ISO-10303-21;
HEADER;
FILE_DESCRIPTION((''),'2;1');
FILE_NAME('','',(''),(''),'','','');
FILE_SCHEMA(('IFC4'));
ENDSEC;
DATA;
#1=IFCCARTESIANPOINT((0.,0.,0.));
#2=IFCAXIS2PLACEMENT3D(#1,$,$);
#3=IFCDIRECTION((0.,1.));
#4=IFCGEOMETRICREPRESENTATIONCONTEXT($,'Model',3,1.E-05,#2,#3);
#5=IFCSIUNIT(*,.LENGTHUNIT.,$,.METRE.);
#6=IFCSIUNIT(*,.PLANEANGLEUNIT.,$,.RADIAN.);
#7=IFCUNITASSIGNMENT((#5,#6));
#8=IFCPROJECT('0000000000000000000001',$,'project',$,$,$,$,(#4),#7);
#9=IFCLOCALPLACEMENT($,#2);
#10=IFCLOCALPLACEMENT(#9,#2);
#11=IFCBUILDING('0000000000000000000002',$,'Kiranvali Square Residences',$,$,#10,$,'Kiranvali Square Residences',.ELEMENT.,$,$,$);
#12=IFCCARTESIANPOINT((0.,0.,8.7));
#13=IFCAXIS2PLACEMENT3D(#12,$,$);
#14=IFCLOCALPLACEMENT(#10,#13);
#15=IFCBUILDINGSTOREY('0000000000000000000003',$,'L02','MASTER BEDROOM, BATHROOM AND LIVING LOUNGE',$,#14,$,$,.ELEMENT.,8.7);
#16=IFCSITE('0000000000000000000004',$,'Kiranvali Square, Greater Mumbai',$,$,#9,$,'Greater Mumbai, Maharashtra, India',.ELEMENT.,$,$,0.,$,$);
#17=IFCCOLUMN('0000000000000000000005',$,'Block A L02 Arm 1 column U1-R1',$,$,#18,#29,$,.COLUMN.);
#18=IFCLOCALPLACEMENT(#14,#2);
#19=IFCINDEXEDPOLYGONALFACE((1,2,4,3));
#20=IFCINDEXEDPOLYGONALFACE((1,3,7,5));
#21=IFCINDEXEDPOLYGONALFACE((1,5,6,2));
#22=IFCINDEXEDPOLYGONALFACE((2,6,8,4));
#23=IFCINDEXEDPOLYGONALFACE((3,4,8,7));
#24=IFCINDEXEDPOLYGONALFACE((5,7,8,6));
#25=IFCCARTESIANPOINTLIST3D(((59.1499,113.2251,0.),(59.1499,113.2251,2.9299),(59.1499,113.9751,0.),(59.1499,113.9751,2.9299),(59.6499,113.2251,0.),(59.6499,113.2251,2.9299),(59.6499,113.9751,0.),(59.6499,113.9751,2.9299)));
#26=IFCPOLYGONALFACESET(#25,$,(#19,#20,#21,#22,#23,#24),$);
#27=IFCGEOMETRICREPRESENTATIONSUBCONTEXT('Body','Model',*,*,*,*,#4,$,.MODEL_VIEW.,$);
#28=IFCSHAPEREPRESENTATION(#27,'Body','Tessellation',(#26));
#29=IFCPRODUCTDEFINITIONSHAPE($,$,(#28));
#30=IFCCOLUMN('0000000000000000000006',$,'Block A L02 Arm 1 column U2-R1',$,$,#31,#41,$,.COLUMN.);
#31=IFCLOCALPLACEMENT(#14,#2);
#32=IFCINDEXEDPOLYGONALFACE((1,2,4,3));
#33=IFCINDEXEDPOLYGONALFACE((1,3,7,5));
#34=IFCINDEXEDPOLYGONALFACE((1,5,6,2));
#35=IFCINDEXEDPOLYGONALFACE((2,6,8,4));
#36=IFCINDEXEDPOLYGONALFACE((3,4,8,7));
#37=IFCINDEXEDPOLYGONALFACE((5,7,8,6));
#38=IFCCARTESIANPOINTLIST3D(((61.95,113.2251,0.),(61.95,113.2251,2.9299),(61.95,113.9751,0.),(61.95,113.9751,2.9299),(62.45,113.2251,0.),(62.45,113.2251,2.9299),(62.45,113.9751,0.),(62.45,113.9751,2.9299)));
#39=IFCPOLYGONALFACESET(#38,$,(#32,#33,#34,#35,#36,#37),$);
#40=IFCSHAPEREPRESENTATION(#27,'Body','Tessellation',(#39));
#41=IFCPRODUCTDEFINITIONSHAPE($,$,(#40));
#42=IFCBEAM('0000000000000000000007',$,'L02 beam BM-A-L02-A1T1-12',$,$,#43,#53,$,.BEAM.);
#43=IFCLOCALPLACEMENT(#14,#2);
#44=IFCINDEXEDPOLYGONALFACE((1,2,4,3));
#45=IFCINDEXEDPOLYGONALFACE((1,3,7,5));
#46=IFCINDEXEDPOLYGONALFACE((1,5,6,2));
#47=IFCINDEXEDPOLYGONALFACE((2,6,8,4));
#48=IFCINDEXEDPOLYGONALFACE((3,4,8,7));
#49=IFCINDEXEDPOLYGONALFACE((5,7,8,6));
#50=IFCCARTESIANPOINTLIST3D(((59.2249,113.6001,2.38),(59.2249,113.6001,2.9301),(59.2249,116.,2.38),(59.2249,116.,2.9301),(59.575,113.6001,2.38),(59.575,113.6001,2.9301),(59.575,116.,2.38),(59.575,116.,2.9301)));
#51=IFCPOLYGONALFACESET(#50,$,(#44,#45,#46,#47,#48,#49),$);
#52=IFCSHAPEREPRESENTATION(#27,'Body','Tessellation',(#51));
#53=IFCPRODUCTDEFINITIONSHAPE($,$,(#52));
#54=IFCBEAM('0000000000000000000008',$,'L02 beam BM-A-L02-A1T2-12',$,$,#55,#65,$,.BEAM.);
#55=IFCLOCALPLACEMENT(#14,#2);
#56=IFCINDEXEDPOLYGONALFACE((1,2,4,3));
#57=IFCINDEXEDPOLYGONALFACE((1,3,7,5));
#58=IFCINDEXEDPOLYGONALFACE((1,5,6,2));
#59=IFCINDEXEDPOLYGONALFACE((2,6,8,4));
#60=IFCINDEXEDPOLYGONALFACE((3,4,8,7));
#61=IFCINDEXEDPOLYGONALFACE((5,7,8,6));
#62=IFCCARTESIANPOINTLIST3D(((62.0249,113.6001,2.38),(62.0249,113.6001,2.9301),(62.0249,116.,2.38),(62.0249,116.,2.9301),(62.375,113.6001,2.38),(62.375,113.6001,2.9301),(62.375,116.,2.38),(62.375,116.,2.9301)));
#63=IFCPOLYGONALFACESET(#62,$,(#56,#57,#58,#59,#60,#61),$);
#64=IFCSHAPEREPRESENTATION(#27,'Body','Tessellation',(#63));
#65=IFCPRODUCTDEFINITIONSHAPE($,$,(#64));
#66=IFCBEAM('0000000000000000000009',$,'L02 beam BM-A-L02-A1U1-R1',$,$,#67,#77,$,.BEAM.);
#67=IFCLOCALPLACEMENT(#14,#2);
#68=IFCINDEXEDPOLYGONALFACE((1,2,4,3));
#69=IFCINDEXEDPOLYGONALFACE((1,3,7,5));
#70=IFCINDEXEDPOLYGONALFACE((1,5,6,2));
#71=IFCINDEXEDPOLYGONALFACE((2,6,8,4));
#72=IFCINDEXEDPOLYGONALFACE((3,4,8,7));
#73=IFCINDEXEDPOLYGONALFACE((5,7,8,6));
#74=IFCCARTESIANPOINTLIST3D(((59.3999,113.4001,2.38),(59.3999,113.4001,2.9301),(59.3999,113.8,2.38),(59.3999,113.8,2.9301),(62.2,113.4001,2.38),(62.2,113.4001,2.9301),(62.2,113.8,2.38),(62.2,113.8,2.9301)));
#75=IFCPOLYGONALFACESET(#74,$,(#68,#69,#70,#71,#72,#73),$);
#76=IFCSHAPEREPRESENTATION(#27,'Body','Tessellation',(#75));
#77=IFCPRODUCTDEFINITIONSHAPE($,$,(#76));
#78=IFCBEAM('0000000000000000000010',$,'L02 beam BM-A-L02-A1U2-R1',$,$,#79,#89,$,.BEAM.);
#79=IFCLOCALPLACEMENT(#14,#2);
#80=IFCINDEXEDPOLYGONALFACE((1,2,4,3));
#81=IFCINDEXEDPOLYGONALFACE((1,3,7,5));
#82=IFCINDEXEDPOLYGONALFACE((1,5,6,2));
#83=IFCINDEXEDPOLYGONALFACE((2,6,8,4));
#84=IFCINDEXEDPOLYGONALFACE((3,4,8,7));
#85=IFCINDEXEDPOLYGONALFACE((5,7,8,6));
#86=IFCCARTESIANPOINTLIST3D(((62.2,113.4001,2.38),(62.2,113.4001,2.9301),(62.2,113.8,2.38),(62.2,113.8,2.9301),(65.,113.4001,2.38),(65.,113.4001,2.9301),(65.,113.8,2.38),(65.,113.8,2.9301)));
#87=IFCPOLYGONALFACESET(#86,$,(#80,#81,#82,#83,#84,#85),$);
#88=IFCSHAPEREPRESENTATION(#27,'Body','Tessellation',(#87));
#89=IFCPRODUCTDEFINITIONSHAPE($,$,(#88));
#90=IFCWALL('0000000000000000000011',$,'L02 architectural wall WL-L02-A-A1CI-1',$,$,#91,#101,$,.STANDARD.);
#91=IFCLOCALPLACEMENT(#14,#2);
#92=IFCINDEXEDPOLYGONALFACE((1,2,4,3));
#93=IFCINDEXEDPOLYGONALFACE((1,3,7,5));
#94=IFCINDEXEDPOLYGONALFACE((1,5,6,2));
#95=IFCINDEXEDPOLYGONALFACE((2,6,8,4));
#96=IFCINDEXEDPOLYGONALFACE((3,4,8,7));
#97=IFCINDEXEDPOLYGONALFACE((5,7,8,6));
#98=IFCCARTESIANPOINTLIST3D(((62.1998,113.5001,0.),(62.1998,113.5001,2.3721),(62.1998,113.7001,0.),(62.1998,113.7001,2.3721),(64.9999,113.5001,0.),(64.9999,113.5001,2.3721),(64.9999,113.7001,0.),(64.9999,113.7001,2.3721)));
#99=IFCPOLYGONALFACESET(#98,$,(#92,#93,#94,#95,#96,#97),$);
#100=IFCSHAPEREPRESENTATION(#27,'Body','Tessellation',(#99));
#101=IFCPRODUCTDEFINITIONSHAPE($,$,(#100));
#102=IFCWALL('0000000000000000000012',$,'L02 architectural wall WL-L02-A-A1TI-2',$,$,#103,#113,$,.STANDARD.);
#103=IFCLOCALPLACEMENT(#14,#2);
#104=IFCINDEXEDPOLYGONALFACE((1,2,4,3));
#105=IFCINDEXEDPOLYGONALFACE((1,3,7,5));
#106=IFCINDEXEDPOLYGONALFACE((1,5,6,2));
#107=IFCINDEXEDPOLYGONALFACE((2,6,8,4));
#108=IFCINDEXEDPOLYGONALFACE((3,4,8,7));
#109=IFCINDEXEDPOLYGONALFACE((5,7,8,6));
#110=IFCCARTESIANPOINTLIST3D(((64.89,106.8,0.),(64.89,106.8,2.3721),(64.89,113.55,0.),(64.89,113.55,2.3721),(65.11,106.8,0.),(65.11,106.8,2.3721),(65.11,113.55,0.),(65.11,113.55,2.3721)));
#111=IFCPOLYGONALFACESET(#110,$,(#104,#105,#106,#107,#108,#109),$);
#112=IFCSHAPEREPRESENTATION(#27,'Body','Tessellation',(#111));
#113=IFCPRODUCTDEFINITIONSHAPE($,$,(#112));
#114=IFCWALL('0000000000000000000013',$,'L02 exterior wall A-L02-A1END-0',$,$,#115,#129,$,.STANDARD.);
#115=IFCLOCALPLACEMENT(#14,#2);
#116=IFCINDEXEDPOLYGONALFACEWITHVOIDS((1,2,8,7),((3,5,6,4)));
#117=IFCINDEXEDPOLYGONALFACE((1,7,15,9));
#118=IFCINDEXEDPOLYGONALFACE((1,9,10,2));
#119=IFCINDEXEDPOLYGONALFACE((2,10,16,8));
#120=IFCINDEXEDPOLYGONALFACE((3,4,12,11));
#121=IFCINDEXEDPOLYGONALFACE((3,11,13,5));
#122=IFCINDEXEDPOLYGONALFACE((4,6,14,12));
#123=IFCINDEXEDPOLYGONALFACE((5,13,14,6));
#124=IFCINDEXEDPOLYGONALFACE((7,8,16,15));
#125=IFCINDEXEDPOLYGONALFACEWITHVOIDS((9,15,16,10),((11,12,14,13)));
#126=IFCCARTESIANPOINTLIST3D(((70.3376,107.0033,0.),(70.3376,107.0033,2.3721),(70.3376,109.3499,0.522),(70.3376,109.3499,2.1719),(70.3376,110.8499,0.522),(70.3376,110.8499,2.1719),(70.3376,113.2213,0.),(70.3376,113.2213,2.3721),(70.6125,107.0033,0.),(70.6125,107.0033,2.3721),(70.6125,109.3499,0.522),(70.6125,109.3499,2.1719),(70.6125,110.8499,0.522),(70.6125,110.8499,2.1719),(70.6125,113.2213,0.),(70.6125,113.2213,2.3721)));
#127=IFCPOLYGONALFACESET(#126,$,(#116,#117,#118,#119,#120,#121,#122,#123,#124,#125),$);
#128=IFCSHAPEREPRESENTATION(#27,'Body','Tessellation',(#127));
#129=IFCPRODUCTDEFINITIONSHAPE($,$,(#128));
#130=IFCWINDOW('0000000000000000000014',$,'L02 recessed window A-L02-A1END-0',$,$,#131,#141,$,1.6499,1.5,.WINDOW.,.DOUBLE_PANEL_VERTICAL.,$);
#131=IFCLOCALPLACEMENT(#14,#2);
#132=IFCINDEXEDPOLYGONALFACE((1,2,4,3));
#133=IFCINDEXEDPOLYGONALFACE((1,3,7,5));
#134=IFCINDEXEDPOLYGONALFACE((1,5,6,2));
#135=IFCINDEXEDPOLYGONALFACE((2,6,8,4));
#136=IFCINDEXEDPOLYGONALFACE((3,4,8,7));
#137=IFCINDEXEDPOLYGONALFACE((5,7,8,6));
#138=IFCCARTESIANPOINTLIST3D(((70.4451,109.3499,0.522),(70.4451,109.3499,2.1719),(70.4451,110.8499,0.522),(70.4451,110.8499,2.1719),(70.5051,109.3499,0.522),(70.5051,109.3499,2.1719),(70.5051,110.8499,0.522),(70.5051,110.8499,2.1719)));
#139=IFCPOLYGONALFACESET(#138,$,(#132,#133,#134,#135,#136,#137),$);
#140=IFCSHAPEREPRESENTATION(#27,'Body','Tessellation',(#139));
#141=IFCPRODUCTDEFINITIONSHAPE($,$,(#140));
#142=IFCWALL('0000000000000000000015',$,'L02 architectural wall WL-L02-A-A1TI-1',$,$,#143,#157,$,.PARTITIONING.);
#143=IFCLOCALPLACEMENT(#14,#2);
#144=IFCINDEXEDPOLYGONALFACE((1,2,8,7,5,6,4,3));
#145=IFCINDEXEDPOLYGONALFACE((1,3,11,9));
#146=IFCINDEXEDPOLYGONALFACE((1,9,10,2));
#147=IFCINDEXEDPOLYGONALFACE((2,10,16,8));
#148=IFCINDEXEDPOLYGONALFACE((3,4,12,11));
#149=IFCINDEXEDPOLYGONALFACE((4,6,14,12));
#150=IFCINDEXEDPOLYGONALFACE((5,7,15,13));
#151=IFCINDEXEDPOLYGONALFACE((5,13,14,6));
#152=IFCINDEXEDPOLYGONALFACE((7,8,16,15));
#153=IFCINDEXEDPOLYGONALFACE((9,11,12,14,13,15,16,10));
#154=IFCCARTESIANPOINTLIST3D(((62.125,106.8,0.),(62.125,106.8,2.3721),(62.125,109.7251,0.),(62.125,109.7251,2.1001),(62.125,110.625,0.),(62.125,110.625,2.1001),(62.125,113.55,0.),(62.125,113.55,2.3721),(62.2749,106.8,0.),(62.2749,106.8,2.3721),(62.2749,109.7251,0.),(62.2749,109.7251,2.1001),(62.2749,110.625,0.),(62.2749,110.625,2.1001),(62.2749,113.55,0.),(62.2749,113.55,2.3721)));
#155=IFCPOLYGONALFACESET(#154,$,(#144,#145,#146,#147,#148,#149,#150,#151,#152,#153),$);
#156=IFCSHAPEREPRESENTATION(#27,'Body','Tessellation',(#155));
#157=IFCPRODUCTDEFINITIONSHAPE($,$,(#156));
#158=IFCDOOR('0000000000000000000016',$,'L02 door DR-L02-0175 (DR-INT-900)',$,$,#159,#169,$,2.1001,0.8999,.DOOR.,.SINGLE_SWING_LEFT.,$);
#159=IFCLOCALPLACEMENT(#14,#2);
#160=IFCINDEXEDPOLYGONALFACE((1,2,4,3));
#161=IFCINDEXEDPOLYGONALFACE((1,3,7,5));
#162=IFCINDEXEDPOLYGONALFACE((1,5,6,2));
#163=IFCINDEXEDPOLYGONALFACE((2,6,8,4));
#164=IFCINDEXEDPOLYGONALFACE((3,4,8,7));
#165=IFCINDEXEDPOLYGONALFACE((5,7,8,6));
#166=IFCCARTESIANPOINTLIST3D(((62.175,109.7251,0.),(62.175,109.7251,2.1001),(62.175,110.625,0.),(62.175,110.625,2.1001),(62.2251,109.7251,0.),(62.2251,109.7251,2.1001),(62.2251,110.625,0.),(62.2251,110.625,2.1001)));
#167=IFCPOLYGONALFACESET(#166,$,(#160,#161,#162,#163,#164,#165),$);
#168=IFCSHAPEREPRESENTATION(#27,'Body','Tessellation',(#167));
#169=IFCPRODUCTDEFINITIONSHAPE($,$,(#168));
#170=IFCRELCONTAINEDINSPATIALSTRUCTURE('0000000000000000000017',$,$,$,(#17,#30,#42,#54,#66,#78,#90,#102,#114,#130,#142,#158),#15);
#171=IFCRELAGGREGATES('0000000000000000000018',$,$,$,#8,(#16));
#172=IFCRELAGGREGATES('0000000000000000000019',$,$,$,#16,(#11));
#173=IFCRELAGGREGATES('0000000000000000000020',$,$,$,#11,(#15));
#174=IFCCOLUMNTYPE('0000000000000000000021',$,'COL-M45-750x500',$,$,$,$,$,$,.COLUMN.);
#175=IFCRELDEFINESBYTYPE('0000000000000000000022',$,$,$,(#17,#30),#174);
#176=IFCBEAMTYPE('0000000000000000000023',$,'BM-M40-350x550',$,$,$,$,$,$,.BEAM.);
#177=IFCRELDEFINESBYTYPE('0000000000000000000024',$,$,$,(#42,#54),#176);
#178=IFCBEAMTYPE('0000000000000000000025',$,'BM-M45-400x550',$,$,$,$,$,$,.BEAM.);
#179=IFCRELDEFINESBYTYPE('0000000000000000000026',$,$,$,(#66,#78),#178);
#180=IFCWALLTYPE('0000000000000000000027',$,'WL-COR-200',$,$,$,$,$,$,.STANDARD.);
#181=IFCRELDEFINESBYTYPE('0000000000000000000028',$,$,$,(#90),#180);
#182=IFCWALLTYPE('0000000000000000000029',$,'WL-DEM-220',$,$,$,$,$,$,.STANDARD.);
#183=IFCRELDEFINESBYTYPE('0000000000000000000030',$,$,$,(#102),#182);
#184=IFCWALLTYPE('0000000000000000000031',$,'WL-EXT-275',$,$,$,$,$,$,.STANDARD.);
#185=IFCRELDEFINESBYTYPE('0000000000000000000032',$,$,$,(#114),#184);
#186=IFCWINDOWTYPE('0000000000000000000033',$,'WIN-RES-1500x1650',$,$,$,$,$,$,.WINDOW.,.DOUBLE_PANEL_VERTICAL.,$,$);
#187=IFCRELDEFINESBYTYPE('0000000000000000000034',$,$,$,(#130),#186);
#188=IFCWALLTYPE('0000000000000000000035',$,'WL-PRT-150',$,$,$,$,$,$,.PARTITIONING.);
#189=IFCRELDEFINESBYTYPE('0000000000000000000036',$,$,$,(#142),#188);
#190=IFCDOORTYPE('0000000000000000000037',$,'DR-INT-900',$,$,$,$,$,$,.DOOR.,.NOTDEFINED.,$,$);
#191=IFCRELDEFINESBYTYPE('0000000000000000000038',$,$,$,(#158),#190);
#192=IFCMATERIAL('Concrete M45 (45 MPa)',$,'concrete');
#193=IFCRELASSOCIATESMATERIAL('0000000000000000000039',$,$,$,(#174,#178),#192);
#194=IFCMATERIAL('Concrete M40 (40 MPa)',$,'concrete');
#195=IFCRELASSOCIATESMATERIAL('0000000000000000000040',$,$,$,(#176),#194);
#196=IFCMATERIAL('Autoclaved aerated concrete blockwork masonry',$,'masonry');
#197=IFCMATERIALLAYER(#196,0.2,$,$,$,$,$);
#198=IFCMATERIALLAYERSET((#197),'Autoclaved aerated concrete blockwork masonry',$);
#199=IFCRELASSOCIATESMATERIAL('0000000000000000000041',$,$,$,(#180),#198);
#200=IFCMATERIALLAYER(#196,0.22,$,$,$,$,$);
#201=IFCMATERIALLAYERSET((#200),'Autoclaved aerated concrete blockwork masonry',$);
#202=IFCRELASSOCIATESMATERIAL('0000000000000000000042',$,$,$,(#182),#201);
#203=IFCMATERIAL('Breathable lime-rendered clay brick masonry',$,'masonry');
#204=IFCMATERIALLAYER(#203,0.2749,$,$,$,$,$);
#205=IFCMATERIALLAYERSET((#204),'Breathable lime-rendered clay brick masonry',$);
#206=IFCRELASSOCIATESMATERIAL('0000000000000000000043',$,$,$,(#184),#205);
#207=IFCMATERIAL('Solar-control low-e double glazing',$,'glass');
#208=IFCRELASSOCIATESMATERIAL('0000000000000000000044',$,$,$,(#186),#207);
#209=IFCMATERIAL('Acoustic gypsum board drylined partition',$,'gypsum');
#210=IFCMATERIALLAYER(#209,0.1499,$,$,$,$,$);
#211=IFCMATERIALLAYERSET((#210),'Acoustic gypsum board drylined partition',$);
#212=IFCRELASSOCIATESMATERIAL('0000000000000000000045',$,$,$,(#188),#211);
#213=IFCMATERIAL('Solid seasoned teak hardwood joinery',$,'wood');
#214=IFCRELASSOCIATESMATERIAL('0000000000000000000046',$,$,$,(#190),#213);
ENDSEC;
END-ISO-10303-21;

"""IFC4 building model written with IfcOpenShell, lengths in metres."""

from ifc_helpers import new_model, si_unit, direction, frame, frame_2d, origin, origin_2d, place, context, subcontext, project, spatial, rectangle, extrude, material, layer, layer_set, material_profile, profile_set, type_object, element, fill, save


model = new_model("IFC4")

# Units and contexts
model_context = context("Model", 3, precision=1e-05, world=origin(), true_north=direction((0.0, 1.0)))
body_context = subcontext(model_context, "Body", "Model", "MODEL_VIEW")
ifc_project = project(units=[si_unit("LENGTHUNIT", "METRE"), si_unit("PLANEANGLEUNIT", "RADIAN")], contexts=[model_context])

# Site, building, storey
site_placement = place(None, origin())
site = spatial("IfcSite", under=ifc_project, at=site_placement, Name="Kiranvali Square, Greater Mumbai", LongName="Greater Mumbai, Maharashtra, India", CompositionType="ELEMENT", RefElevation=0.0)
building_placement = place(site_placement, origin())
building = spatial("IfcBuilding", under=site, at=building_placement, Name="Kiranvali Square Residences", LongName="Kiranvali Square Residences", CompositionType="ELEMENT")
storey_placement = place(building_placement, frame((0.0, 0.0, 8.7)))
storey = spatial("IfcBuildingStorey", under=building, at=storey_placement, Name="L02", Description="MASTER BEDROOM, BATHROOM AND LIVING LOUNGE", CompositionType="ELEMENT", Elevation=8.7)

# Columns
ifc_material_1 = material(Name="Concrete M45 (45 MPa)", Category="concrete")
ifc_material_profile_1 = material_profile(ifc_material_1, rectangle(XDim=0.5, YDim=0.75, at=origin_2d()), Name="RC 750x500")
ifc_profile_set_1 = profile_set([ifc_material_profile_1], Name="Concrete M45 (45 MPa)")
column_type = type_object("IfcColumnType", Name="COL-M45-750x500", PredefinedType="COLUMN", material=ifc_profile_set_1)
for number, where, z_axis, x_axis, name in (
    (1, (59.3999, 113.6001, 0.0), (0.0, 0.0, 1.0), (1.0, 0.0, 0.0), "Block A L02 Arm 1 column U1-R1"),
    (2, (62.2, 113.6001, 0.0), (0.0, 0.0, 1.0), (1.0, 0.0, 0.0), "Block A L02 Arm 1 column U2-R1"),
):
    element("IfcColumn", number, at=place(storey_placement, frame(where, z_axis=z_axis, x_axis=x_axis)), inside=storey, type_object=column_type, Name=name, PredefinedType="COLUMN", context=body_context, shape_type="SweptSolid", body=[
        extrude(rectangle(XDim=0.5, YDim=0.75, at=origin_2d()), origin(), (0.0, 0.0, 1.0), 2.9299),
    ])

# Beams
ifc_material_2 = material(Name="Concrete M40 (40 MPa)", Category="concrete")
ifc_material_profile_2 = material_profile(ifc_material_2, rectangle(XDim=0.3501, YDim=0.55, at=origin_2d()), Name="RC 350x550")
ifc_profile_set_2 = profile_set([ifc_material_profile_2], Name="Concrete M40 (40 MPa)")
beam_type_1 = type_object("IfcBeamType", Name="BM-M40-350x550", PredefinedType="BEAM", material=ifc_profile_set_2)
for number, where, z_axis, x_axis, name in (
    (3, (59.3999, 113.6001, 2.655), (0.0, 1.0, 0.0), (-1.0, 0.0, 0.0), "L02 beam BM-A-L02-A1T1-12"),
    (4, (62.2, 113.6001, 2.655), (0.0, 1.0, 0.0), (-1.0, 0.0, 0.0), "L02 beam BM-A-L02-A1T2-12"),
):
    element("IfcBeam", number, at=place(storey_placement, frame(where, z_axis=z_axis, x_axis=x_axis)), inside=storey, type_object=beam_type_1, Name=name, PredefinedType="BEAM", context=body_context, shape_type="SweptSolid", body=[
        extrude(rectangle(XDim=0.3501, YDim=0.55, at=origin_2d()), origin(), (0.0, 0.0, 1.0), 2.3999),
    ])
ifc_material_profile_3 = material_profile(ifc_material_1, rectangle(XDim=0.3999, YDim=0.55, at=origin_2d()), Name="RC 400x550")
ifc_profile_set_3 = profile_set([ifc_material_profile_3], Name="Concrete M45 (45 MPa)")
beam_type_2 = type_object("IfcBeamType", Name="BM-M45-400x550", PredefinedType="BEAM", material=ifc_profile_set_3)
for number, where, z_axis, x_axis, name in (
    (5, (59.3999, 113.6001, 2.655), (1.0, 0.0, 0.0), (0.0, 1.0, 0.0), "L02 beam BM-A-L02-A1U1-R1"),
    (6, (62.2, 113.6001, 2.655), (1.0, 0.0, 0.0), (0.0, 1.0, 0.0), "L02 beam BM-A-L02-A1U2-R1"),
):
    element("IfcBeam", number, at=place(storey_placement, frame(where, z_axis=z_axis, x_axis=x_axis)), inside=storey, type_object=beam_type_2, Name=name, PredefinedType="BEAM", context=body_context, shape_type="SweptSolid", body=[
        extrude(rectangle(XDim=0.3999, YDim=0.55, at=origin_2d()), origin(), (0.0, 0.0, 1.0), 2.8),
    ])

# Shared definitions
ifc_material_3 = material(Name="Autoclaved aerated concrete blockwork masonry", Category="masonry")
ifc_layer_1 = layer(ifc_material_3, 0.2)
ifc_layer_set_1 = layer_set([ifc_layer_1], Name="Autoclaved aerated concrete blockwork masonry")
wall_type_1 = type_object("IfcWallType", Name="WL-COR-200", PredefinedType="STANDARD", material=ifc_layer_set_1)

# Walls
wall_1_placement = place(storey_placement, frame((62.2, 113.6001, 0.0), z_axis=(0.0, 0.0, 1.0), x_axis=(1.0, 0.0, 0.0)))
element("IfcWall", 7, at=wall_1_placement, inside=storey, type_object=wall_type_1, Name="L02 architectural wall WL-L02-A-A1CI-1", PredefinedType="STANDARD", context=body_context, shape_type="SweptSolid", body=[
    extrude(rectangle(XDim=2.8, YDim=0.2, at=frame_2d((1.3999, 0.0))), origin(), (0.0, 0.0, 1.0), 2.3721),
])
ifc_layer_2 = layer(ifc_material_3, 0.22)
ifc_layer_set_2 = layer_set([ifc_layer_2], Name="Autoclaved aerated concrete blockwork masonry")
wall_type_2 = type_object("IfcWallType", Name="WL-DEM-220", PredefinedType="STANDARD", material=ifc_layer_set_2)
wall_2_placement = place(storey_placement, frame((65.0, 106.8, 0.0), z_axis=(0.0, 0.0, 1.0), x_axis=(0.0, 1.0, 0.0)))
element("IfcWall", 8, at=wall_2_placement, inside=storey, type_object=wall_type_2, Name="L02 architectural wall WL-L02-A-A1TI-2", PredefinedType="STANDARD", context=body_context, shape_type="SweptSolid", body=[
    extrude(rectangle(XDim=6.75, YDim=0.22, at=frame_2d((3.375, 0.0))), origin(), (0.0, 0.0, 1.0), 2.3721),
])

# Wall, opening, window
ifc_material_4 = material(Name="Breathable lime-rendered clay brick masonry", Category="masonry")
ifc_layer_3 = layer(ifc_material_4, 0.2749)
ifc_layer_set_3 = layer_set([ifc_layer_3], Name="Breathable lime-rendered clay brick masonry")
wall_type_3 = type_object("IfcWallType", Name="WL-EXT-275", PredefinedType="STANDARD", material=ifc_layer_set_3)
wall_3_placement = place(storey_placement, frame((70.4751, 107.0034, 0.0), z_axis=(0.0, 0.0, 1.0), x_axis=(0.0, 1.0, 0.0)))
wall_3 = element("IfcWall", 9, at=wall_3_placement, inside=storey, type_object=wall_type_3, Name="L02 exterior wall A-L02-A1END-0", PredefinedType="STANDARD", context=body_context, shape_type="SweptSolid", body=[
    extrude(rectangle(XDim=6.218, YDim=0.2749, at=frame_2d((3.1089, 0.0))), origin(), (0.0, 0.0, 1.0), 2.3721),
])
opening_1_placement = place(wall_3_placement, frame((2.3464, 0.0, 0.522)))
opening_1 = element("IfcOpeningElement", 10, at=opening_1_placement, cuts=wall_3, PredefinedType="OPENING", context=body_context, shape_type="SweptSolid", body=[
    extrude(rectangle(XDim=1.5, YDim=1.6499, at=frame_2d((0.75, 0.825))), frame((0.0, 0.1475, 0.0), z_axis=(0.0, -1.0, 0.0), x_axis=(1.0, 0.0, 0.0)), (0.0, 0.0, 1.0), 0.2949),
])
ifc_material_5 = material(Name="Solar-control low-e double glazing", Category="glass")
window_type = type_object("IfcWindowType", Name="WIN-RES-1500x1650", PartitioningType="DOUBLE_PANEL_VERTICAL", PredefinedType="WINDOW", material=ifc_material_5)
window_placement = place(opening_1_placement, origin())
window = element("IfcWindow", 11, at=window_placement, inside=storey, type_object=window_type, Name="L02 recessed window A-L02-A1END-0", OverallHeight=1.6499, OverallWidth=1.5, PartitioningType="DOUBLE_PANEL_VERTICAL", PredefinedType="WINDOW", context=body_context, shape_type="SweptSolid", body=[
    extrude(rectangle(XDim=1.5, YDim=1.6499, at=frame_2d((0.75, 0.825))), frame((0.0, 0.03, 0.0), z_axis=(0.0, -1.0, 0.0), x_axis=(1.0, 0.0, 0.0)), (0.0, 0.0, 1.0), 0.0601),
])
fill(opening_1, window)

# Wall, opening, door
ifc_material_6 = material(Name="Acoustic gypsum board drylined partition", Category="gypsum")
ifc_layer_4 = layer(ifc_material_6, 0.1499)
ifc_layer_set_4 = layer_set([ifc_layer_4], Name="Acoustic gypsum board drylined partition")
wall_type_4 = type_object("IfcWallType", Name="WL-PRT-150", PredefinedType="PARTITIONING", material=ifc_layer_set_4)
wall_4_placement = place(storey_placement, frame((62.2, 106.8, 0.0), z_axis=(0.0, 0.0, 1.0), x_axis=(0.0, 1.0, 0.0)))
wall_4 = element("IfcWall", 12, at=wall_4_placement, inside=storey, type_object=wall_type_4, Name="L02 architectural wall WL-L02-A-A1TI-1", PredefinedType="PARTITIONING", context=body_context, shape_type="SweptSolid", body=[
    extrude(rectangle(XDim=6.75, YDim=0.1499, at=frame_2d((3.375, 0.0))), origin(), (0.0, 0.0, 1.0), 2.3721),
])
opening_2_placement = place(wall_4_placement, frame((2.925, 0.0, 0.0)))
opening_2 = element("IfcOpeningElement", 13, at=opening_2_placement, cuts=wall_4, PredefinedType="OPENING", context=body_context, shape_type="SweptSolid", body=[
    extrude(rectangle(XDim=0.8999, YDim=2.1001, at=frame_2d((0.45, 1.05))), frame((0.0, 0.085, 0.0), z_axis=(0.0, -1.0, 0.0), x_axis=(1.0, 0.0, 0.0)), (0.0, 0.0, 1.0), 0.1699),
])
ifc_material_7 = material(Name="Solid seasoned teak hardwood joinery", Category="wood")
door_type_1 = type_object("IfcDoorType", Name="DR-INT-900", OperationType="NOTDEFINED", PredefinedType="DOOR", material=ifc_material_7)
door_1_placement = place(opening_2_placement, origin())
door_1 = element("IfcDoor", 14, at=door_1_placement, inside=storey, type_object=door_type_1, Name="L02 door DR-L02-0175 (DR-INT-900)", OperationType="SINGLE_SWING_LEFT", OverallHeight=2.1001, OverallWidth=0.8999, PredefinedType="DOOR", context=body_context, shape_type="SweptSolid", body=[
    extrude(rectangle(XDim=0.8999, YDim=2.1001, at=frame_2d((0.45, 1.05))), frame((0.0, 0.0249, 0.0), z_axis=(0.0, -1.0, 0.0), x_axis=(1.0, 0.0, 0.0)), (0.0, 0.0, 1.0), 0.05),
])
fill(opening_2, door_1)

save(model, "model.ifc")
